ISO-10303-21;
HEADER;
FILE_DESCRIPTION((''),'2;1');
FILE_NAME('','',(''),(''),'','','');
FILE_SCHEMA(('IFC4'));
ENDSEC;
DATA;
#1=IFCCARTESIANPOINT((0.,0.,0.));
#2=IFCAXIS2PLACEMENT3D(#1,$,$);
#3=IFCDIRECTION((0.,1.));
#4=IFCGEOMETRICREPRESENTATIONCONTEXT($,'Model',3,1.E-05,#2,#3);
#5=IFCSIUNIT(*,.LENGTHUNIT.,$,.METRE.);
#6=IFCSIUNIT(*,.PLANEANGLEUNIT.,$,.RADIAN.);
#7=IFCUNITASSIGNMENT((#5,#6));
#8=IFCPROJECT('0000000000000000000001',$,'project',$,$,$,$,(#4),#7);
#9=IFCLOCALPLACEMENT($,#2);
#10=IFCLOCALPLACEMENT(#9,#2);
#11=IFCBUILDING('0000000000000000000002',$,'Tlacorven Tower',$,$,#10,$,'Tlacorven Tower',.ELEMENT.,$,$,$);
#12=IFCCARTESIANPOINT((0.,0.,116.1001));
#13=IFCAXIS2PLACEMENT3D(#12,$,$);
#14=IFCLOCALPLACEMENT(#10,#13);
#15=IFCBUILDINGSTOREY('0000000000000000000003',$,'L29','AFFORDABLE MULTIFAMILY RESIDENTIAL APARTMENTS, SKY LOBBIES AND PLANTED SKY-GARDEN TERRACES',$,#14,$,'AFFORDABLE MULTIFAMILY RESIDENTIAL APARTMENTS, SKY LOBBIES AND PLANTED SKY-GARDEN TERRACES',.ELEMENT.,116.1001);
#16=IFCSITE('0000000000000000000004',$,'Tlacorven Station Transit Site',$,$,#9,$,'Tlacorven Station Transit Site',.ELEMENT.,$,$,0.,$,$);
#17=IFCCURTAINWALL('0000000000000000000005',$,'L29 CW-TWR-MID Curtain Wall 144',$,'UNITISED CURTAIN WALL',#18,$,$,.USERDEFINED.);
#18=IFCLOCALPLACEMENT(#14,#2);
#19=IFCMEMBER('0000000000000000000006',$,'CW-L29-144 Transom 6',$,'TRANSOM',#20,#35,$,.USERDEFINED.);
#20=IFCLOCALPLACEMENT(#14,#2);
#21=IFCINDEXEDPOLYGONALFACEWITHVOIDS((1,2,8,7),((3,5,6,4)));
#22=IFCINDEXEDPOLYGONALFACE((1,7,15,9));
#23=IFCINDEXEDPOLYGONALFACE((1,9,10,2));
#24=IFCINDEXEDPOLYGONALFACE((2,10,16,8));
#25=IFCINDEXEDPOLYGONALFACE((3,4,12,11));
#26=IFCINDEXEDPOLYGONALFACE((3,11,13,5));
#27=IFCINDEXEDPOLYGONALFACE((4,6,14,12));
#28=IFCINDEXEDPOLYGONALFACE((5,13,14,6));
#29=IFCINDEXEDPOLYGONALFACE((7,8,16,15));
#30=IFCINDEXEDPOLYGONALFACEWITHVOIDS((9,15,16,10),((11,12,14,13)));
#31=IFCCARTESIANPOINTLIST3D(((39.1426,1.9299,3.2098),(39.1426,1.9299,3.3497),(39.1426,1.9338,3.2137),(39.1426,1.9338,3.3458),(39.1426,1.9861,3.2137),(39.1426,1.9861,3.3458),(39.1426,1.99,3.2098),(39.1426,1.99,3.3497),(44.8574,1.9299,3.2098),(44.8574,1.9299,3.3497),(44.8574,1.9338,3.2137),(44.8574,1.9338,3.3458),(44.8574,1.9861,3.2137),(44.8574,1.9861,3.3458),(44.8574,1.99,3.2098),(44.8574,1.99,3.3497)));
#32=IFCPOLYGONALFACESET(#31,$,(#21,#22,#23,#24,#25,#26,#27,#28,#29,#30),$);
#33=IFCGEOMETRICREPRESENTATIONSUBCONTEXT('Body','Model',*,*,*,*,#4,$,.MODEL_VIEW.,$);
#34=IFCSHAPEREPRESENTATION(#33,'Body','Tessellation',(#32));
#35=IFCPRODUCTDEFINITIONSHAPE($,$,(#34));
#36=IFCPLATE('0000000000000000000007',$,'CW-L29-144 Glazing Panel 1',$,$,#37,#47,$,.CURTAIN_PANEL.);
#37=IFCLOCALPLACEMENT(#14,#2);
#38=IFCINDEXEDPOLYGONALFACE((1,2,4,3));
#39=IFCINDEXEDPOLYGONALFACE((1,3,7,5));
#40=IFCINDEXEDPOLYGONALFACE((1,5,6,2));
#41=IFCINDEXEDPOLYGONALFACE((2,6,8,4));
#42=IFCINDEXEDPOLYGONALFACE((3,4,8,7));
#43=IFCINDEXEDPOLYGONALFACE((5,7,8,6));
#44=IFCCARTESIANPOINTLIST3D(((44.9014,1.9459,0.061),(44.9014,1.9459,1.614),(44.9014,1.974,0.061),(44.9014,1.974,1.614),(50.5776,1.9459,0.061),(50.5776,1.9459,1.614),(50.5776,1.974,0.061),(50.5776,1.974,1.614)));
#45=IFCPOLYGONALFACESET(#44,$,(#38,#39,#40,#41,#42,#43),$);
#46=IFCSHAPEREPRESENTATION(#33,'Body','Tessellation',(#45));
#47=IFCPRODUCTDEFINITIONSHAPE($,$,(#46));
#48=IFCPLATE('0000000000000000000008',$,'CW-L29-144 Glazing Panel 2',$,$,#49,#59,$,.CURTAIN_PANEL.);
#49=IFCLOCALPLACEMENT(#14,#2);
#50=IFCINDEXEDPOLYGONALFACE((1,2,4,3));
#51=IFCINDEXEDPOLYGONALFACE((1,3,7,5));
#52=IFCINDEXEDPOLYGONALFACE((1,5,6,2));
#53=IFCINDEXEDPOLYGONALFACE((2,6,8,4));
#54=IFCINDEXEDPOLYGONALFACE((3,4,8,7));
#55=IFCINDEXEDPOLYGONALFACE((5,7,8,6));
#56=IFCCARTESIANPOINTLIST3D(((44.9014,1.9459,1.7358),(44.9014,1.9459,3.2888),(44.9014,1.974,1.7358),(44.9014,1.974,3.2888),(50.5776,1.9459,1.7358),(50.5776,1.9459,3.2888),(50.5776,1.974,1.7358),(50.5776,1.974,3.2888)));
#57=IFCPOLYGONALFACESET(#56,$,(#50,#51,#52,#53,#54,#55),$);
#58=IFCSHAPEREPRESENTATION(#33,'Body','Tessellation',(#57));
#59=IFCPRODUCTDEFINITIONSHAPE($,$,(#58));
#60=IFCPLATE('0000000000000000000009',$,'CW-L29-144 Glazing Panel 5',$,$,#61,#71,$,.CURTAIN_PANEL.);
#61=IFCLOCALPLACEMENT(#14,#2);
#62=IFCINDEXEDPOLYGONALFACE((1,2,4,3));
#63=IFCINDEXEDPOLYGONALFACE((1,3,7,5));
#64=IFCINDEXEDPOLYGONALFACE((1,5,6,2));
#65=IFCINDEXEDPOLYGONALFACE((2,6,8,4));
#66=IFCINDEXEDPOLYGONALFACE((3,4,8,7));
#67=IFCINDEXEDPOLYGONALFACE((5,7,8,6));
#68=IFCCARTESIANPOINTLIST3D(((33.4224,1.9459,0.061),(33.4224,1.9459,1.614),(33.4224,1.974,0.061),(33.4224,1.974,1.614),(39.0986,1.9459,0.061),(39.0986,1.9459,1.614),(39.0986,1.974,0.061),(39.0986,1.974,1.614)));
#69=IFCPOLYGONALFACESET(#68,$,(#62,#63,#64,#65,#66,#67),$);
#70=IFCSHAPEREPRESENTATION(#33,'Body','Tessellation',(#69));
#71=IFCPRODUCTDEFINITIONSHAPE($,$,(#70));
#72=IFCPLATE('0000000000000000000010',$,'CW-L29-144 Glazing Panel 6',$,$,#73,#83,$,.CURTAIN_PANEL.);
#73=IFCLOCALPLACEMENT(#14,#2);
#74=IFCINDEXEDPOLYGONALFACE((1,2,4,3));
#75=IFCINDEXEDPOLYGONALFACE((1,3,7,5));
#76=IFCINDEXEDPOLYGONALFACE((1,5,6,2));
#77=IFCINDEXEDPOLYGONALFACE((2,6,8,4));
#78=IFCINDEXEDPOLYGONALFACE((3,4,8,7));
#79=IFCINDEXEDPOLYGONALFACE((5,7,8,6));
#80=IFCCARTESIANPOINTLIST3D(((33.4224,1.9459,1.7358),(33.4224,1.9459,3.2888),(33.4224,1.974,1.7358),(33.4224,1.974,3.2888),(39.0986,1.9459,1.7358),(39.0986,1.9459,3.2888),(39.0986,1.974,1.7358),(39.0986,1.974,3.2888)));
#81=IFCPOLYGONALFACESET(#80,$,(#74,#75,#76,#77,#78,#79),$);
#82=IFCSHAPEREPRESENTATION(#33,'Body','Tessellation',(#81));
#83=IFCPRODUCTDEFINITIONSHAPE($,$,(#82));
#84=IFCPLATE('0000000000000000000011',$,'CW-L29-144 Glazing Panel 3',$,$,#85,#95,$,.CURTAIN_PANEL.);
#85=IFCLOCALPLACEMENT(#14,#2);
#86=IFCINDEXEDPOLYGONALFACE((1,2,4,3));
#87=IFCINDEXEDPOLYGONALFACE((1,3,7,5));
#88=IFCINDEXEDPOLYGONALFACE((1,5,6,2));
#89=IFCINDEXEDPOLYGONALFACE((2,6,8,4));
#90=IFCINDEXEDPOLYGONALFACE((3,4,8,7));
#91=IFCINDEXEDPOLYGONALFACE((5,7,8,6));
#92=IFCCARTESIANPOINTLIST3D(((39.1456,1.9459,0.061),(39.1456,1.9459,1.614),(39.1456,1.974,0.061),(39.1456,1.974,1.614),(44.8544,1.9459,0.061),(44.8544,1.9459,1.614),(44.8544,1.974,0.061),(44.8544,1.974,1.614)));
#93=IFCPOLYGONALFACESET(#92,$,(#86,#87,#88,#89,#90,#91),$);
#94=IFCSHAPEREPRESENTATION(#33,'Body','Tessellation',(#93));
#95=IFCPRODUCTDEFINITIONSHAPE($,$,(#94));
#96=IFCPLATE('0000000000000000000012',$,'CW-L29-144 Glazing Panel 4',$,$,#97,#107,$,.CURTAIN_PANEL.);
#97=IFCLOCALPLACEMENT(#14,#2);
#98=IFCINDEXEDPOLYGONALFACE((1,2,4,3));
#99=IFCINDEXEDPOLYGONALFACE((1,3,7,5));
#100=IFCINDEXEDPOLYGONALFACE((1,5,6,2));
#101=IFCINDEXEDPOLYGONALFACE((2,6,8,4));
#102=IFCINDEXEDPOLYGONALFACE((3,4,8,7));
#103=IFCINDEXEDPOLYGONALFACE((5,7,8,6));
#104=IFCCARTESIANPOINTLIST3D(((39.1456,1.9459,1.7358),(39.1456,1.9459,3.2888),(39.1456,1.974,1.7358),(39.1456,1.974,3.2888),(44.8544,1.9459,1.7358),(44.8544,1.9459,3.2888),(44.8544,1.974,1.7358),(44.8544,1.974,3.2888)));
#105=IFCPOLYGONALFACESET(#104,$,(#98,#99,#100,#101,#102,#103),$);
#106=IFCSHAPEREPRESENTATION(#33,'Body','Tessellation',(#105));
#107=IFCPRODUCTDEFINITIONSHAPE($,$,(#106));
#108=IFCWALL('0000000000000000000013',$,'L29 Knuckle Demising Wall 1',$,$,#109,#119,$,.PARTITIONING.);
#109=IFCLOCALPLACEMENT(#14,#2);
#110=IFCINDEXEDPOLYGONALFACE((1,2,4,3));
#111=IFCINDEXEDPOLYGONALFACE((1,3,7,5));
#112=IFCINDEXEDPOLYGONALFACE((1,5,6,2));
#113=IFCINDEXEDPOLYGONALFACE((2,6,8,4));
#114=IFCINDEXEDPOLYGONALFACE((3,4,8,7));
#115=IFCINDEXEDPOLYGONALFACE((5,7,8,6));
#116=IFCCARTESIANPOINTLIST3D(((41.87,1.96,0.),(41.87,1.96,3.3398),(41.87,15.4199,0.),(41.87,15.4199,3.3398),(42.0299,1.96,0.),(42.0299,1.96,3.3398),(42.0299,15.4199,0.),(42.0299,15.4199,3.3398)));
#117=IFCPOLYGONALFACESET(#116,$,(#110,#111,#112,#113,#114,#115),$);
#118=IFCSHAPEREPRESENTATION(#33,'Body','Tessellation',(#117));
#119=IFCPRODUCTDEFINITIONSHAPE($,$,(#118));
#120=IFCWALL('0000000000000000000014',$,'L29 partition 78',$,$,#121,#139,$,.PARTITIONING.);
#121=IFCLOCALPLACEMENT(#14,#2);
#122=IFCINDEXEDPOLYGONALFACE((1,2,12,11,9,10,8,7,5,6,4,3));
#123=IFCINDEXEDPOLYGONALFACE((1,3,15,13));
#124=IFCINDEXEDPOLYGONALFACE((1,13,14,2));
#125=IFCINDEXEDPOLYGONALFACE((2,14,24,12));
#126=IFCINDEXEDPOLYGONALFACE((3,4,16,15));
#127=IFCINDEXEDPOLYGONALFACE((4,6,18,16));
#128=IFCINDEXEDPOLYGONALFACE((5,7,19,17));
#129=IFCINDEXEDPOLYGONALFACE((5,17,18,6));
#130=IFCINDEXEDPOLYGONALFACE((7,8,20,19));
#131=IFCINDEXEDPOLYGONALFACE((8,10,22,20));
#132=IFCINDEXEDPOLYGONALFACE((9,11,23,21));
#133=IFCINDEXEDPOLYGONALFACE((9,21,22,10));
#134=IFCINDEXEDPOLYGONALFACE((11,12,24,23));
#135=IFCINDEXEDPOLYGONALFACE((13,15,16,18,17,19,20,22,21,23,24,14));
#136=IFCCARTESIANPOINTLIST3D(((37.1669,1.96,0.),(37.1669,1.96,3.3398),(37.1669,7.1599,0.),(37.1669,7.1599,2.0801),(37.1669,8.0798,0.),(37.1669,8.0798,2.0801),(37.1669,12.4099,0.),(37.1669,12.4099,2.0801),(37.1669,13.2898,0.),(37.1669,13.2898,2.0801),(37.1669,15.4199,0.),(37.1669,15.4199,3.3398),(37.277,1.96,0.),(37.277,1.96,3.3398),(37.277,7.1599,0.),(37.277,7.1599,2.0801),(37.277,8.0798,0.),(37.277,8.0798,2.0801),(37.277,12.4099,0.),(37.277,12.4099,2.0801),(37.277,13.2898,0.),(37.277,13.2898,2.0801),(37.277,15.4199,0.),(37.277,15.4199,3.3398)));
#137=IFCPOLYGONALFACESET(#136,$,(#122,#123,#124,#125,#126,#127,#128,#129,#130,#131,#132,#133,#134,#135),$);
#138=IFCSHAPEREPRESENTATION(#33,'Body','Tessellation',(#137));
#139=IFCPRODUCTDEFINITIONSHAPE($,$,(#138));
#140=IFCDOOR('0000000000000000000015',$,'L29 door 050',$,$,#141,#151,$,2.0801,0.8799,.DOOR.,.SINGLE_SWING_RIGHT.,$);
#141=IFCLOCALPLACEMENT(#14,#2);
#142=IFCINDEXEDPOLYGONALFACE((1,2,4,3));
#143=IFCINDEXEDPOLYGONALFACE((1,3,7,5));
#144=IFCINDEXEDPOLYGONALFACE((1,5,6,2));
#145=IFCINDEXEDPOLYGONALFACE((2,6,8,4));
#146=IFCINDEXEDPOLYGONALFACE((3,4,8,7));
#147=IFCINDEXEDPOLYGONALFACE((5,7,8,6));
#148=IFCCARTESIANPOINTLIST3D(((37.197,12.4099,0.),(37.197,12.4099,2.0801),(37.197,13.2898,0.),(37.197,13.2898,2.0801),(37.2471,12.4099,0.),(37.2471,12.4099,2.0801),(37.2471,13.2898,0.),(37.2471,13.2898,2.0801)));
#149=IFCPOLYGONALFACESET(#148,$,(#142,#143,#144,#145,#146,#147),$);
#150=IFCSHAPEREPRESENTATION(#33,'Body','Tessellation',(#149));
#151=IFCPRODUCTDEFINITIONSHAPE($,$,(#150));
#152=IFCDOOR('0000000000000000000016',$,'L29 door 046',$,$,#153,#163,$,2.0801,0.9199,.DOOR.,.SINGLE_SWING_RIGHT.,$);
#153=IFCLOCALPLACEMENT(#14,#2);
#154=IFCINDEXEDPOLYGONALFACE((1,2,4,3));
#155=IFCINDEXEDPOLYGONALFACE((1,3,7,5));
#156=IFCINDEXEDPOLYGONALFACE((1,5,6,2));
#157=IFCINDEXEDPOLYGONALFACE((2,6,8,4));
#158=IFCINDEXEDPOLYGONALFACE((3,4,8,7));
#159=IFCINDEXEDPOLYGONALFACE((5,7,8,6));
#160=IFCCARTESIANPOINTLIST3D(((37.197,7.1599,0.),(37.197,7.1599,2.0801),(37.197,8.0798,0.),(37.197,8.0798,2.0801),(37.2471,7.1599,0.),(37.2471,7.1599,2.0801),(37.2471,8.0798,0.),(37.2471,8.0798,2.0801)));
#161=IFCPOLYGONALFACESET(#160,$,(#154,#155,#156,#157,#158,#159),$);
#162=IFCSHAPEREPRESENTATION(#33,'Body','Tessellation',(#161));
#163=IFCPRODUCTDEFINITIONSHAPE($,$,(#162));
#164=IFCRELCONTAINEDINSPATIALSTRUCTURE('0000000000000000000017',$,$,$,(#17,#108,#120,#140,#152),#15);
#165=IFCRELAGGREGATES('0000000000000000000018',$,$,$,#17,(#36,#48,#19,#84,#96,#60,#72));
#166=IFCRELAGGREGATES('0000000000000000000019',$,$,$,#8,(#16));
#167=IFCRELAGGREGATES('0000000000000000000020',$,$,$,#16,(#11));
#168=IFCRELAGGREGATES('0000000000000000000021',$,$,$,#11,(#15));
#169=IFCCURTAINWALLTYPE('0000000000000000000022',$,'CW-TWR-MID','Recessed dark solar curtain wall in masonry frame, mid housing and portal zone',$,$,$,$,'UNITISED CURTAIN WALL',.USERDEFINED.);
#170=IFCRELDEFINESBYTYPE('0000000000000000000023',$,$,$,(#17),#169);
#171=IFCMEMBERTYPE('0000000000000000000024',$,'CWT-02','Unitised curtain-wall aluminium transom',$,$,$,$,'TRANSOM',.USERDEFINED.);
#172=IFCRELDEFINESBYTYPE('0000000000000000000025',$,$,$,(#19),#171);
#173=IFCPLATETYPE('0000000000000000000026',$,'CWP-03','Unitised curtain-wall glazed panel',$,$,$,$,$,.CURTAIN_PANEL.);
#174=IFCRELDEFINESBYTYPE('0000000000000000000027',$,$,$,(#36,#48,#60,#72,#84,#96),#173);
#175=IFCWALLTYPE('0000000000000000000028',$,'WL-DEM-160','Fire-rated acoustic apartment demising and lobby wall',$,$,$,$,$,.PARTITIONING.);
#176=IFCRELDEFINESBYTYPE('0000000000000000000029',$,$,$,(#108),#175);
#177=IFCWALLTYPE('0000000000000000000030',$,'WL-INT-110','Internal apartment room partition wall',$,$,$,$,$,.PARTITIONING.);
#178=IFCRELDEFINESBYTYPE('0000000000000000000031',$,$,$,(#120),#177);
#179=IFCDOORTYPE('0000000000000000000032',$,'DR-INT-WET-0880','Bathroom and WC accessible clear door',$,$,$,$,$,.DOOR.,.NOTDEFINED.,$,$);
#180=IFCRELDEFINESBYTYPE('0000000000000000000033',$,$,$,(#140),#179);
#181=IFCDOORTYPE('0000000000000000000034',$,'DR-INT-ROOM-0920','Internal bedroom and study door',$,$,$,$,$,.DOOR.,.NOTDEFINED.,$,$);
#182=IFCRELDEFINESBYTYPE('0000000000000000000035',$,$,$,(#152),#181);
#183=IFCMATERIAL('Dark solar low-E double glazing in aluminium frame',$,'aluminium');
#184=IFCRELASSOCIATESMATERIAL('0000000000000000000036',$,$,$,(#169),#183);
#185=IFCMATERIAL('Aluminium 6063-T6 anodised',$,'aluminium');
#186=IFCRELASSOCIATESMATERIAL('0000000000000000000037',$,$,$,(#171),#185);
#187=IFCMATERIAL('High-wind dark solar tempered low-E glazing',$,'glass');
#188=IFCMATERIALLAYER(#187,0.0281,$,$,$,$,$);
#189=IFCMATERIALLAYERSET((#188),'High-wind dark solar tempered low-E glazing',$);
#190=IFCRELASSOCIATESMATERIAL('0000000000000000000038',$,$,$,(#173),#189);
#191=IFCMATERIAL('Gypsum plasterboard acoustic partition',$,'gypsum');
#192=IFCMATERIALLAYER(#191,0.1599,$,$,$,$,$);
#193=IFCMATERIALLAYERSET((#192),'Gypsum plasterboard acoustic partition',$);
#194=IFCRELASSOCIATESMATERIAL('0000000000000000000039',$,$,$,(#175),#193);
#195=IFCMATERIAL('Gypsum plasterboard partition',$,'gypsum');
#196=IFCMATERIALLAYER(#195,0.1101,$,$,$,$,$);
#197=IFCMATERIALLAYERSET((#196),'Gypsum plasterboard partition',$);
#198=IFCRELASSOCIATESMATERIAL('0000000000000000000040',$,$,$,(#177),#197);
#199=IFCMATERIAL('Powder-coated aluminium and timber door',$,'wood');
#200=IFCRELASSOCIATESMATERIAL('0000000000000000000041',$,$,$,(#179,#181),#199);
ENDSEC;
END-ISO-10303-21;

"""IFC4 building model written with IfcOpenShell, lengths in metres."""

from ifc_helpers import new_model, si_unit, direction, frame, frame_2d, origin, origin_2d, place, context, subcontext, project, spatial, rectangle, hollow_rectangle, extrude, source, transform, mapped, material, layer, layer_set, material_profile, profile_set, type_object, element, fill, aggregate, save


model = new_model("IFC4")

# Units and contexts
model_context = context("Model", 3, precision=1e-05, world=origin(), true_north=direction((0.0, 1.0)))
body_context = subcontext(model_context, "Body", "Model", "MODEL_VIEW")
ifc_project = project(units=[si_unit("LENGTHUNIT", "METRE"), si_unit("PLANEANGLEUNIT", "RADIAN")], contexts=[model_context])

# Site, building, storey
site_placement = place(None, origin())
site = spatial("IfcSite", under=ifc_project, at=site_placement, Name="Tlacorven Station Transit Site", LongName="Tlacorven Station Transit Site", CompositionType="ELEMENT", RefElevation=0.0)
building_placement = place(site_placement, origin())
building = spatial("IfcBuilding", under=site, at=building_placement, Name="Tlacorven Tower", LongName="Tlacorven Tower", CompositionType="ELEMENT")
storey_placement = place(building_placement, frame((0.0, 0.0, 116.1001)))
storey = spatial("IfcBuildingStorey", under=building, at=storey_placement, Name="L29", Description="AFFORDABLE MULTIFAMILY RESIDENTIAL APARTMENTS, SKY LOBBIES AND PLANTED SKY-GARDEN TERRACES", LongName="AFFORDABLE MULTIFAMILY RESIDENTIAL APARTMENTS, SKY LOBBIES AND PLANTED SKY-GARDEN TERRACES", CompositionType="ELEMENT", Elevation=116.1001)

# Curtain wall, member, plates
ifc_material_1 = material(Name="Dark solar low-E double glazing in aluminium frame", Category="aluminium")
curtain_wall_type = type_object("IfcCurtainWallType", Name="CW-TWR-MID", Description="Recessed dark solar curtain wall in masonry frame, mid housing and portal zone", ElementType="UNITISED CURTAIN WALL", PredefinedType="USERDEFINED", material=ifc_material_1)
curtain_wall_placement = place(storey_placement, origin())
curtain_wall = element("IfcCurtainWall", 1, at=curtain_wall_placement, inside=storey, type_object=curtain_wall_type, Name="L29 CW-TWR-MID Curtain Wall 144", ObjectType="UNITISED CURTAIN WALL", PredefinedType="USERDEFINED")
ifc_material_2 = material(Name="Aluminium 6063-T6 anodised", Category="aluminium")
ifc_material_profile_1 = material_profile(ifc_material_2, hollow_rectangle(XDim=0.0601, YDim=0.1399, WallThickness=0.0039, at=origin_2d()), Name="ALU TRANSOM 60X140")
ifc_profile_set_1 = profile_set([ifc_material_profile_1], Name="Aluminium 6063-T6 anodised")
member_type_1 = type_object("IfcMemberType", Name="CWT-02", Description="Unitised curtain-wall aluminium transom", ElementType="TRANSOM", PredefinedType="USERDEFINED", material=ifc_profile_set_1)
shared_shape_1 = source(origin(), body_context, "Body", "SweptSolid", [
    extrude(hollow_rectangle(XDim=0.0601, YDim=0.1399, WallThickness=0.0039, at=origin_2d()), origin(), (0.0, 0.0, 1.0), 5.7148),
])
member_1_placement = place(storey_placement, frame((44.8574, 1.96, 3.2798), z_axis=(-1.0, 0.0, 0.0), x_axis=(0.0, -1.0, 0.0)))
member_1 = element("IfcMember", 2, at=member_1_placement, type_object=member_type_1, Name="CW-L29-144 Transom 6", ObjectType="TRANSOM", PredefinedType="USERDEFINED", context=body_context, shape_type="MappedRepresentation", body=[
    mapped(shared_shape_1, transform((0.0, 0.0, 0.0), scale=1.0)),
])
ifc_material_3 = material(Name="High-wind dark solar tempered low-E glazing", Category="glass")
ifc_layer_1 = layer(ifc_material_3, 0.0281)
ifc_layer_set_1 = layer_set([ifc_layer_1], Name="High-wind dark solar tempered low-E glazing")
plate_type = type_object("IfcPlateType", Name="CWP-03", Description="Unitised curtain-wall glazed panel", PredefinedType="CURTAIN_PANEL", material=ifc_layer_set_1)
shared_shape_2 = source(origin(), body_context, "Body", "SweptSolid", [
    extrude(rectangle(XDim=5.6763, YDim=0.0281, at=origin_2d()), origin(), (0.0, 0.0, 1.0), 1.553),
])
plate_1_placement = place(storey_placement, frame((47.7395, 1.96, 0.061), z_axis=(0.0, 0.0, 1.0), x_axis=(-1.0, 0.0, 0.0)))
plate_1 = element("IfcPlate", 3, at=plate_1_placement, type_object=plate_type, Name="CW-L29-144 Glazing Panel 1", PredefinedType="CURTAIN_PANEL", context=body_context, shape_type="MappedRepresentation", body=[
    mapped(shared_shape_2, transform((0.0, 0.0, 0.0), scale=1.0)),
])
plate_2_placement = place(storey_placement, frame((47.7395, 1.96, 1.7358), z_axis=(0.0, 0.0, 1.0), x_axis=(-1.0, 0.0, 0.0)))
plate_2 = element("IfcPlate", 4, at=plate_2_placement, type_object=plate_type, Name="CW-L29-144 Glazing Panel 2", PredefinedType="CURTAIN_PANEL", context=body_context, shape_type="MappedRepresentation", body=[
    mapped(shared_shape_2, transform((0.0, 0.0, 0.0), scale=1.0)),
])
plate_3_placement = place(storey_placement, frame((36.2605, 1.96, 0.061), z_axis=(0.0, 0.0, 1.0), x_axis=(-1.0, 0.0, 0.0)))
plate_3 = element("IfcPlate", 5, at=plate_3_placement, type_object=plate_type, Name="CW-L29-144 Glazing Panel 5", PredefinedType="CURTAIN_PANEL", context=body_context, shape_type="MappedRepresentation", body=[
    mapped(shared_shape_2, transform((0.0, 0.0, 0.0), scale=1.0)),
])
plate_4_placement = place(storey_placement, frame((36.2605, 1.96, 1.7358), z_axis=(0.0, 0.0, 1.0), x_axis=(-1.0, 0.0, 0.0)))
plate_4 = element("IfcPlate", 6, at=plate_4_placement, type_object=plate_type, Name="CW-L29-144 Glazing Panel 6", PredefinedType="CURTAIN_PANEL", context=body_context, shape_type="MappedRepresentation", body=[
    mapped(shared_shape_2, transform((0.0, 0.0, 0.0), scale=1.0)),
])
shared_shape_3 = source(origin(), body_context, "Body", "SweptSolid", [
    extrude(rectangle(XDim=5.7087, YDim=0.0281, at=origin_2d()), origin(), (0.0, 0.0, 1.0), 1.553),
])
plate_5_placement = place(storey_placement, frame((42.0, 1.96, 0.061), z_axis=(0.0, 0.0, 1.0), x_axis=(-1.0, 0.0, 0.0)))
plate_5 = element("IfcPlate", 7, at=plate_5_placement, type_object=plate_type, Name="CW-L29-144 Glazing Panel 3", PredefinedType="CURTAIN_PANEL", context=body_context, shape_type="MappedRepresentation", body=[
    mapped(shared_shape_3, transform((0.0, 0.0, 0.0), scale=1.0)),
])
plate_6_placement = place(storey_placement, frame((42.0, 1.96, 1.7358), z_axis=(0.0, 0.0, 1.0), x_axis=(-1.0, 0.0, 0.0)))
plate_6 = element("IfcPlate", 8, at=plate_6_placement, type_object=plate_type, Name="CW-L29-144 Glazing Panel 4", PredefinedType="CURTAIN_PANEL", context=body_context, shape_type="MappedRepresentation", body=[
    mapped(shared_shape_3, transform((0.0, 0.0, 0.0), scale=1.0)),
])
aggregate(curtain_wall, [plate_1, plate_2, member_1, plate_5, plate_6, plate_3, plate_4])

# Wall
ifc_material_4 = material(Name="Gypsum plasterboard acoustic partition", Category="gypsum")
ifc_layer_2 = layer(ifc_material_4, 0.1599)
ifc_layer_set_2 = layer_set([ifc_layer_2], Name="Gypsum plasterboard acoustic partition")
wall_type_1 = type_object("IfcWallType", Name="WL-DEM-160", Description="Fire-rated acoustic apartment demising and lobby wall", PredefinedType="PARTITIONING", material=ifc_layer_set_2)
wall_1_placement = place(storey_placement, frame((41.95, 1.96, 0.0), z_axis=(0.0, 0.0, 1.0), x_axis=(0.0, 1.0, 0.0)))
element("IfcWall", 9, at=wall_1_placement, inside=storey, type_object=wall_type_1, Name="L29 Knuckle Demising Wall 1", PredefinedType="PARTITIONING", context=body_context, shape_type="SweptSolid", body=[
    extrude(rectangle(XDim=13.46, YDim=0.1599, at=frame_2d((6.73, 0.0))), origin(), (0.0, 0.0, 1.0), 3.3398),
])

# Wall, openings, doors
ifc_material_5 = material(Name="Gypsum plasterboard partition", Category="gypsum")
ifc_layer_3 = layer(ifc_material_5, 0.1101)
ifc_layer_set_3 = layer_set([ifc_layer_3], Name="Gypsum plasterboard partition")
wall_type_2 = type_object("IfcWallType", Name="WL-INT-110", Description="Internal apartment room partition wall", PredefinedType="PARTITIONING", material=ifc_layer_set_3)
wall_2_placement = place(storey_placement, frame((37.2219, 1.96, 0.0), z_axis=(0.0, 0.0, 1.0), x_axis=(0.0, 1.0, 0.0)))
wall_2 = element("IfcWall", 10, at=wall_2_placement, inside=storey, type_object=wall_type_2, Name="L29 partition 78", PredefinedType="PARTITIONING", context=body_context, shape_type="SweptSolid", body=[
    extrude(rectangle(XDim=13.46, YDim=0.1101, at=frame_2d((6.73, 0.0))), origin(), (0.0, 0.0, 1.0), 3.3398),
])
opening_1_placement = place(wall_2_placement, frame((5.2, 0.0, 0.0)))
opening_1 = element("IfcOpeningElement", 11, at=opening_1_placement, cuts=wall_2, PredefinedType="OPENING", context=body_context, shape_type="SweptSolid", body=[
    extrude(rectangle(XDim=0.9199, YDim=2.0801, at=frame_2d((0.46, 1.04))), frame((0.0, 0.0649, 0.0), z_axis=(0.0, -1.0, 0.0), x_axis=(1.0, 0.0, 0.0)), (0.0, 0.0, 1.0), 0.1301),
])
opening_2_placement = place(wall_2_placement, frame((10.45, 0.0, 0.0)))
opening_2 = element("IfcOpeningElement", 12, at=opening_2_placement, cuts=wall_2, PredefinedType="OPENING", context=body_context, shape_type="SweptSolid", body=[
    extrude(rectangle(XDim=0.8799, YDim=2.0801, at=frame_2d((0.4399, 1.04))), frame((0.0, 0.0649, 0.0), z_axis=(0.0, -1.0, 0.0), x_axis=(1.0, 0.0, 0.0)), (0.0, 0.0, 1.0), 0.1301),
])
ifc_material_6 = material(Name="Powder-coated aluminium and timber door", Category="wood")
door_type_1 = type_object("IfcDoorType", Name="DR-INT-WET-0880", Description="Bathroom and WC accessible clear door", OperationType="NOTDEFINED", PredefinedType="DOOR", material=ifc_material_6)
shared_shape_4 = source(origin(), body_context, "Body", "SweptSolid", [
    extrude(rectangle(XDim=0.8799, YDim=2.0801, at=frame_2d((0.4399, 1.04))), frame((0.0, 0.0249, 0.0), z_axis=(0.0, -1.0, 0.0), x_axis=(1.0, 0.0, 0.0)), (0.0, 0.0, 1.0), 0.05),
])
door_1_placement = place(opening_2_placement, origin())
door_1 = element("IfcDoor", 13, at=door_1_placement, inside=storey, type_object=door_type_1, Name="L29 door 050", OperationType="SINGLE_SWING_RIGHT", OverallHeight=2.0801, OverallWidth=0.8799, PredefinedType="DOOR", context=body_context, shape_type="MappedRepresentation", body=[
    mapped(shared_shape_4, transform((0.0, 0.0, 0.0), scale=1.0)),
])
fill(opening_2, door_1)
door_type_2 = type_object("IfcDoorType", Name="DR-INT-ROOM-0920", Description="Internal bedroom and study door", OperationType="NOTDEFINED", PredefinedType="DOOR", material=ifc_material_6)
shared_shape_5 = source(origin(), body_context, "Body", "SweptSolid", [
    extrude(rectangle(XDim=0.9199, YDim=2.0801, at=frame_2d((0.46, 1.04))), frame((0.0, 0.0249, 0.0), z_axis=(0.0, -1.0, 0.0), x_axis=(1.0, 0.0, 0.0)), (0.0, 0.0, 1.0), 0.05),
])
door_2_placement = place(opening_1_placement, origin())
door_2 = element("IfcDoor", 14, at=door_2_placement, inside=storey, type_object=door_type_2, Name="L29 door 046", OperationType="SINGLE_SWING_RIGHT", OverallHeight=2.0801, OverallWidth=0.9199, PredefinedType="DOOR", context=body_context, shape_type="MappedRepresentation", body=[
    mapped(shared_shape_5, transform((0.0, 0.0, 0.0), scale=1.0)),
])
fill(opening_1, door_2)

save(model, "model.ifc")
